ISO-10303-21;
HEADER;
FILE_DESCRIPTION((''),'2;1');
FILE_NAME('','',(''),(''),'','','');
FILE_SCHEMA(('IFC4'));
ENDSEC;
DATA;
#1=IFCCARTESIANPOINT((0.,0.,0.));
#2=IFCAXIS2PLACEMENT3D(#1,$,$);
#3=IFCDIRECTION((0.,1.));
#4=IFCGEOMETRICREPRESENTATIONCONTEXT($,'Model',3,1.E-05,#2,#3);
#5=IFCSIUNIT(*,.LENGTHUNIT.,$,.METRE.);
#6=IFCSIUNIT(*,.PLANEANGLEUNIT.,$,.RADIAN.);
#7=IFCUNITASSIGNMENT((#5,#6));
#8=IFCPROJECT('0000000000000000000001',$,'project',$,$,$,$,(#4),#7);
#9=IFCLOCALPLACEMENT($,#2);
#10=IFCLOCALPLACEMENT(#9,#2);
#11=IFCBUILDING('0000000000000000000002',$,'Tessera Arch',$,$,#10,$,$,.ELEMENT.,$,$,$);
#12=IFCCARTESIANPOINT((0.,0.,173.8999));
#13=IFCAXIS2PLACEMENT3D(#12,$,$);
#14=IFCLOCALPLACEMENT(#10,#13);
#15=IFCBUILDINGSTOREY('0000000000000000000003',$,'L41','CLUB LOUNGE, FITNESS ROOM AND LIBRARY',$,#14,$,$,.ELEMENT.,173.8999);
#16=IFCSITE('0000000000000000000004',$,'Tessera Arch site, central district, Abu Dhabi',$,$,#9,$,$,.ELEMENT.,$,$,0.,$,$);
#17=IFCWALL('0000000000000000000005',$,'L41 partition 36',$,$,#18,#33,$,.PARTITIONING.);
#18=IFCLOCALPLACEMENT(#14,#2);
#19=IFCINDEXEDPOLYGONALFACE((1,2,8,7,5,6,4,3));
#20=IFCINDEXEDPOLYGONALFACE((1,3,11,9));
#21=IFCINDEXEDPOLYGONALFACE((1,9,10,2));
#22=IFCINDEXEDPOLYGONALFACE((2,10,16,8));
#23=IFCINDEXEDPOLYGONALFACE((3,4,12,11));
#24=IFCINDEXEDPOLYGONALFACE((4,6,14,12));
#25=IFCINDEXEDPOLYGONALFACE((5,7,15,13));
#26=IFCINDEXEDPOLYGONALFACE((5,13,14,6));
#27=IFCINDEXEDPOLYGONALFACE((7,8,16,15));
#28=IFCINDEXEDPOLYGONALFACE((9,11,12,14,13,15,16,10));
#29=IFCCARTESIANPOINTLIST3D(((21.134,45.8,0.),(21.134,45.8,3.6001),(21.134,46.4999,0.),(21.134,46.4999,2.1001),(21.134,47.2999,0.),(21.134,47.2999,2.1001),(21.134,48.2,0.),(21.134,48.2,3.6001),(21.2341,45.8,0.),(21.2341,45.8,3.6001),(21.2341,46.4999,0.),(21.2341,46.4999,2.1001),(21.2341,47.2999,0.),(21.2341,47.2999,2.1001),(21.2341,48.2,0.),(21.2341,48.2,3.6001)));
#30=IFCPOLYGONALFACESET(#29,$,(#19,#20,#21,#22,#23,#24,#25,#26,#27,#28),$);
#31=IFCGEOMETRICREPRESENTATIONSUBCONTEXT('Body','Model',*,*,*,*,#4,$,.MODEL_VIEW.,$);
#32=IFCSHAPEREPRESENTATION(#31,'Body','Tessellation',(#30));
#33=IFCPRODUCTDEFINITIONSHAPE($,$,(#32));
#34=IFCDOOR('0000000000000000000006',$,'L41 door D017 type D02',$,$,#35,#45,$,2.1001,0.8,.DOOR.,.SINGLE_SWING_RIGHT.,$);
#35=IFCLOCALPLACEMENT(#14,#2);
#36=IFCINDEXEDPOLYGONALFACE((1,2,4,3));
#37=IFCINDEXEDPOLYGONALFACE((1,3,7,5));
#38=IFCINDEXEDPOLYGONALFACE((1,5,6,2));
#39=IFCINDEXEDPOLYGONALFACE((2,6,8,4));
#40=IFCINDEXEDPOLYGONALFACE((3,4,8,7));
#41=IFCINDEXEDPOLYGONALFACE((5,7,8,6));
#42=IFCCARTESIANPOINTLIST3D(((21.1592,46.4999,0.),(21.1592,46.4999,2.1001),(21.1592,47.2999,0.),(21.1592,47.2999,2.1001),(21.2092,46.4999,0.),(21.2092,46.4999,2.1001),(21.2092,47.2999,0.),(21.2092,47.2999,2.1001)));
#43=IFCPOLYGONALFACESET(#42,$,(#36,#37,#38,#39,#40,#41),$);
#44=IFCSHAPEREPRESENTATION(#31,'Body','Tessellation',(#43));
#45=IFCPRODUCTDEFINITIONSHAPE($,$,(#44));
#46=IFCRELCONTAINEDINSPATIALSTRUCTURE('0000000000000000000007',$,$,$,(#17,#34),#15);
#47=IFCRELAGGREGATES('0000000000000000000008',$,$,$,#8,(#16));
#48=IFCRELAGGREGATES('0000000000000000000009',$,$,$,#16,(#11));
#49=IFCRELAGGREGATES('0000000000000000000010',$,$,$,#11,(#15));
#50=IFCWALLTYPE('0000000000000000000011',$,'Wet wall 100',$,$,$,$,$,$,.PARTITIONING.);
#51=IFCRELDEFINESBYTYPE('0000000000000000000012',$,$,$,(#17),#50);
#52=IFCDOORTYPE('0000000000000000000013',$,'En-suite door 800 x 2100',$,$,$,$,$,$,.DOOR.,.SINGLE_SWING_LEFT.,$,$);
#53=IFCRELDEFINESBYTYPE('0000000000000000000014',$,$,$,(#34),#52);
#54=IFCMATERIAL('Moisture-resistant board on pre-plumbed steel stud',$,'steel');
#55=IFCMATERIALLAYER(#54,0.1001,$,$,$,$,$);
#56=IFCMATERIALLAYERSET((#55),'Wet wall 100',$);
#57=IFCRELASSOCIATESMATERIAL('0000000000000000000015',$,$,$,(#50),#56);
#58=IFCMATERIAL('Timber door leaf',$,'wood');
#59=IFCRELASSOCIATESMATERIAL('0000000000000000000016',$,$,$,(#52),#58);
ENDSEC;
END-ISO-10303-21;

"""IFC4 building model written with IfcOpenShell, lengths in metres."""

from ifc_helpers import new_model, si_unit, direction, frame, frame_2d, origin, place, context, subcontext, project, spatial, rectangle, extrude, material, layer, layer_set, type_object, element, fill, save


model = new_model("IFC4")

# Units and contexts
model_context = context("Model", 3, precision=1e-05, world=origin(), true_north=direction((0.0, 1.0)))
body_context = subcontext(model_context, "Body", "Model", "MODEL_VIEW")
ifc_project = project(units=[si_unit("LENGTHUNIT", "METRE"), si_unit("PLANEANGLEUNIT", "RADIAN")], contexts=[model_context])

# Site, building, storey
site_placement = place(None, origin())
site = spatial("IfcSite", under=ifc_project, at=site_placement, Name="Tessera Arch site, central district, Abu Dhabi", CompositionType="ELEMENT", RefElevation=0.0)
building_placement = place(site_placement, origin())
building = spatial("IfcBuilding", under=site, at=building_placement, Name="Tessera Arch", CompositionType="ELEMENT")
storey_placement = place(building_placement, frame((0.0, 0.0, 173.8999)))
storey = spatial("IfcBuildingStorey", under=building, at=storey_placement, Name="L41", Description="CLUB LOUNGE, FITNESS ROOM AND LIBRARY", CompositionType="ELEMENT", Elevation=173.8999)

# Shared definitions
ifc_material_1 = material(Name="Moisture-resistant board on pre-plumbed steel stud", Category="steel")
ifc_layer_1 = layer(ifc_material_1, 0.1001)
ifc_layer_set_1 = layer_set([ifc_layer_1], Name="Wet wall 100")
wall_type_1 = type_object("IfcWallType", Name="Wet wall 100", PredefinedType="PARTITIONING", material=ifc_layer_set_1)
ifc_material_2 = material(Name="Timber door leaf", Category="wood")
door_type_1 = type_object("IfcDoorType", Name="En-suite door 800 x 2100", OperationType="SINGLE_SWING_LEFT", PredefinedType="DOOR", material=ifc_material_2)

# Wall, opening, door
wall_1_placement = place(storey_placement, frame((21.1841, 45.8, 0.0), z_axis=(0.0, 0.0, 1.0), x_axis=(0.0, 1.0, 0.0)))
wall_1 = element("IfcWall", 1, at=wall_1_placement, inside=storey, type_object=wall_type_1, Name="L41 partition 36", PredefinedType="PARTITIONING", context=body_context, shape_type="SweptSolid", body=[
    extrude(rectangle(XDim=2.3999, YDim=0.1001, at=frame_2d((1.2, 0.0))), origin(), (0.0, 0.0, 1.0), 3.6001),
])
opening_1_placement = place(wall_1_placement, frame((0.7, 0.0, 0.0)))
opening_1 = element("IfcOpeningElement", 2, at=opening_1_placement, cuts=wall_1, PredefinedType="OPENING", context=body_context, shape_type="SweptSolid", body=[
    extrude(rectangle(XDim=0.8, YDim=2.1001, at=frame_2d((0.3999, 1.05))), frame((0.0, 0.0601, 0.0), z_axis=(0.0, -1.0, 0.0), x_axis=(1.0, 0.0, 0.0)), (0.0, 0.0, 1.0), 0.1201),
])
door_1_placement = place(opening_1_placement, origin())
door_1 = element("IfcDoor", 3, at=door_1_placement, inside=storey, type_object=door_type_1, Name="L41 door D017 type D02", OperationType="SINGLE_SWING_RIGHT", OverallHeight=2.1001, OverallWidth=0.8, PredefinedType="DOOR", context=body_context, shape_type="SweptSolid", body=[
    extrude(rectangle(XDim=0.8, YDim=2.1001, at=frame_2d((0.3999, 1.05))), frame((0.0, 0.0249, 0.0), z_axis=(0.0, -1.0, 0.0), x_axis=(1.0, 0.0, 0.0)), (0.0, 0.0, 1.0), 0.05),
])
fill(opening_1, door_1)

save(model, "model.ifc")
